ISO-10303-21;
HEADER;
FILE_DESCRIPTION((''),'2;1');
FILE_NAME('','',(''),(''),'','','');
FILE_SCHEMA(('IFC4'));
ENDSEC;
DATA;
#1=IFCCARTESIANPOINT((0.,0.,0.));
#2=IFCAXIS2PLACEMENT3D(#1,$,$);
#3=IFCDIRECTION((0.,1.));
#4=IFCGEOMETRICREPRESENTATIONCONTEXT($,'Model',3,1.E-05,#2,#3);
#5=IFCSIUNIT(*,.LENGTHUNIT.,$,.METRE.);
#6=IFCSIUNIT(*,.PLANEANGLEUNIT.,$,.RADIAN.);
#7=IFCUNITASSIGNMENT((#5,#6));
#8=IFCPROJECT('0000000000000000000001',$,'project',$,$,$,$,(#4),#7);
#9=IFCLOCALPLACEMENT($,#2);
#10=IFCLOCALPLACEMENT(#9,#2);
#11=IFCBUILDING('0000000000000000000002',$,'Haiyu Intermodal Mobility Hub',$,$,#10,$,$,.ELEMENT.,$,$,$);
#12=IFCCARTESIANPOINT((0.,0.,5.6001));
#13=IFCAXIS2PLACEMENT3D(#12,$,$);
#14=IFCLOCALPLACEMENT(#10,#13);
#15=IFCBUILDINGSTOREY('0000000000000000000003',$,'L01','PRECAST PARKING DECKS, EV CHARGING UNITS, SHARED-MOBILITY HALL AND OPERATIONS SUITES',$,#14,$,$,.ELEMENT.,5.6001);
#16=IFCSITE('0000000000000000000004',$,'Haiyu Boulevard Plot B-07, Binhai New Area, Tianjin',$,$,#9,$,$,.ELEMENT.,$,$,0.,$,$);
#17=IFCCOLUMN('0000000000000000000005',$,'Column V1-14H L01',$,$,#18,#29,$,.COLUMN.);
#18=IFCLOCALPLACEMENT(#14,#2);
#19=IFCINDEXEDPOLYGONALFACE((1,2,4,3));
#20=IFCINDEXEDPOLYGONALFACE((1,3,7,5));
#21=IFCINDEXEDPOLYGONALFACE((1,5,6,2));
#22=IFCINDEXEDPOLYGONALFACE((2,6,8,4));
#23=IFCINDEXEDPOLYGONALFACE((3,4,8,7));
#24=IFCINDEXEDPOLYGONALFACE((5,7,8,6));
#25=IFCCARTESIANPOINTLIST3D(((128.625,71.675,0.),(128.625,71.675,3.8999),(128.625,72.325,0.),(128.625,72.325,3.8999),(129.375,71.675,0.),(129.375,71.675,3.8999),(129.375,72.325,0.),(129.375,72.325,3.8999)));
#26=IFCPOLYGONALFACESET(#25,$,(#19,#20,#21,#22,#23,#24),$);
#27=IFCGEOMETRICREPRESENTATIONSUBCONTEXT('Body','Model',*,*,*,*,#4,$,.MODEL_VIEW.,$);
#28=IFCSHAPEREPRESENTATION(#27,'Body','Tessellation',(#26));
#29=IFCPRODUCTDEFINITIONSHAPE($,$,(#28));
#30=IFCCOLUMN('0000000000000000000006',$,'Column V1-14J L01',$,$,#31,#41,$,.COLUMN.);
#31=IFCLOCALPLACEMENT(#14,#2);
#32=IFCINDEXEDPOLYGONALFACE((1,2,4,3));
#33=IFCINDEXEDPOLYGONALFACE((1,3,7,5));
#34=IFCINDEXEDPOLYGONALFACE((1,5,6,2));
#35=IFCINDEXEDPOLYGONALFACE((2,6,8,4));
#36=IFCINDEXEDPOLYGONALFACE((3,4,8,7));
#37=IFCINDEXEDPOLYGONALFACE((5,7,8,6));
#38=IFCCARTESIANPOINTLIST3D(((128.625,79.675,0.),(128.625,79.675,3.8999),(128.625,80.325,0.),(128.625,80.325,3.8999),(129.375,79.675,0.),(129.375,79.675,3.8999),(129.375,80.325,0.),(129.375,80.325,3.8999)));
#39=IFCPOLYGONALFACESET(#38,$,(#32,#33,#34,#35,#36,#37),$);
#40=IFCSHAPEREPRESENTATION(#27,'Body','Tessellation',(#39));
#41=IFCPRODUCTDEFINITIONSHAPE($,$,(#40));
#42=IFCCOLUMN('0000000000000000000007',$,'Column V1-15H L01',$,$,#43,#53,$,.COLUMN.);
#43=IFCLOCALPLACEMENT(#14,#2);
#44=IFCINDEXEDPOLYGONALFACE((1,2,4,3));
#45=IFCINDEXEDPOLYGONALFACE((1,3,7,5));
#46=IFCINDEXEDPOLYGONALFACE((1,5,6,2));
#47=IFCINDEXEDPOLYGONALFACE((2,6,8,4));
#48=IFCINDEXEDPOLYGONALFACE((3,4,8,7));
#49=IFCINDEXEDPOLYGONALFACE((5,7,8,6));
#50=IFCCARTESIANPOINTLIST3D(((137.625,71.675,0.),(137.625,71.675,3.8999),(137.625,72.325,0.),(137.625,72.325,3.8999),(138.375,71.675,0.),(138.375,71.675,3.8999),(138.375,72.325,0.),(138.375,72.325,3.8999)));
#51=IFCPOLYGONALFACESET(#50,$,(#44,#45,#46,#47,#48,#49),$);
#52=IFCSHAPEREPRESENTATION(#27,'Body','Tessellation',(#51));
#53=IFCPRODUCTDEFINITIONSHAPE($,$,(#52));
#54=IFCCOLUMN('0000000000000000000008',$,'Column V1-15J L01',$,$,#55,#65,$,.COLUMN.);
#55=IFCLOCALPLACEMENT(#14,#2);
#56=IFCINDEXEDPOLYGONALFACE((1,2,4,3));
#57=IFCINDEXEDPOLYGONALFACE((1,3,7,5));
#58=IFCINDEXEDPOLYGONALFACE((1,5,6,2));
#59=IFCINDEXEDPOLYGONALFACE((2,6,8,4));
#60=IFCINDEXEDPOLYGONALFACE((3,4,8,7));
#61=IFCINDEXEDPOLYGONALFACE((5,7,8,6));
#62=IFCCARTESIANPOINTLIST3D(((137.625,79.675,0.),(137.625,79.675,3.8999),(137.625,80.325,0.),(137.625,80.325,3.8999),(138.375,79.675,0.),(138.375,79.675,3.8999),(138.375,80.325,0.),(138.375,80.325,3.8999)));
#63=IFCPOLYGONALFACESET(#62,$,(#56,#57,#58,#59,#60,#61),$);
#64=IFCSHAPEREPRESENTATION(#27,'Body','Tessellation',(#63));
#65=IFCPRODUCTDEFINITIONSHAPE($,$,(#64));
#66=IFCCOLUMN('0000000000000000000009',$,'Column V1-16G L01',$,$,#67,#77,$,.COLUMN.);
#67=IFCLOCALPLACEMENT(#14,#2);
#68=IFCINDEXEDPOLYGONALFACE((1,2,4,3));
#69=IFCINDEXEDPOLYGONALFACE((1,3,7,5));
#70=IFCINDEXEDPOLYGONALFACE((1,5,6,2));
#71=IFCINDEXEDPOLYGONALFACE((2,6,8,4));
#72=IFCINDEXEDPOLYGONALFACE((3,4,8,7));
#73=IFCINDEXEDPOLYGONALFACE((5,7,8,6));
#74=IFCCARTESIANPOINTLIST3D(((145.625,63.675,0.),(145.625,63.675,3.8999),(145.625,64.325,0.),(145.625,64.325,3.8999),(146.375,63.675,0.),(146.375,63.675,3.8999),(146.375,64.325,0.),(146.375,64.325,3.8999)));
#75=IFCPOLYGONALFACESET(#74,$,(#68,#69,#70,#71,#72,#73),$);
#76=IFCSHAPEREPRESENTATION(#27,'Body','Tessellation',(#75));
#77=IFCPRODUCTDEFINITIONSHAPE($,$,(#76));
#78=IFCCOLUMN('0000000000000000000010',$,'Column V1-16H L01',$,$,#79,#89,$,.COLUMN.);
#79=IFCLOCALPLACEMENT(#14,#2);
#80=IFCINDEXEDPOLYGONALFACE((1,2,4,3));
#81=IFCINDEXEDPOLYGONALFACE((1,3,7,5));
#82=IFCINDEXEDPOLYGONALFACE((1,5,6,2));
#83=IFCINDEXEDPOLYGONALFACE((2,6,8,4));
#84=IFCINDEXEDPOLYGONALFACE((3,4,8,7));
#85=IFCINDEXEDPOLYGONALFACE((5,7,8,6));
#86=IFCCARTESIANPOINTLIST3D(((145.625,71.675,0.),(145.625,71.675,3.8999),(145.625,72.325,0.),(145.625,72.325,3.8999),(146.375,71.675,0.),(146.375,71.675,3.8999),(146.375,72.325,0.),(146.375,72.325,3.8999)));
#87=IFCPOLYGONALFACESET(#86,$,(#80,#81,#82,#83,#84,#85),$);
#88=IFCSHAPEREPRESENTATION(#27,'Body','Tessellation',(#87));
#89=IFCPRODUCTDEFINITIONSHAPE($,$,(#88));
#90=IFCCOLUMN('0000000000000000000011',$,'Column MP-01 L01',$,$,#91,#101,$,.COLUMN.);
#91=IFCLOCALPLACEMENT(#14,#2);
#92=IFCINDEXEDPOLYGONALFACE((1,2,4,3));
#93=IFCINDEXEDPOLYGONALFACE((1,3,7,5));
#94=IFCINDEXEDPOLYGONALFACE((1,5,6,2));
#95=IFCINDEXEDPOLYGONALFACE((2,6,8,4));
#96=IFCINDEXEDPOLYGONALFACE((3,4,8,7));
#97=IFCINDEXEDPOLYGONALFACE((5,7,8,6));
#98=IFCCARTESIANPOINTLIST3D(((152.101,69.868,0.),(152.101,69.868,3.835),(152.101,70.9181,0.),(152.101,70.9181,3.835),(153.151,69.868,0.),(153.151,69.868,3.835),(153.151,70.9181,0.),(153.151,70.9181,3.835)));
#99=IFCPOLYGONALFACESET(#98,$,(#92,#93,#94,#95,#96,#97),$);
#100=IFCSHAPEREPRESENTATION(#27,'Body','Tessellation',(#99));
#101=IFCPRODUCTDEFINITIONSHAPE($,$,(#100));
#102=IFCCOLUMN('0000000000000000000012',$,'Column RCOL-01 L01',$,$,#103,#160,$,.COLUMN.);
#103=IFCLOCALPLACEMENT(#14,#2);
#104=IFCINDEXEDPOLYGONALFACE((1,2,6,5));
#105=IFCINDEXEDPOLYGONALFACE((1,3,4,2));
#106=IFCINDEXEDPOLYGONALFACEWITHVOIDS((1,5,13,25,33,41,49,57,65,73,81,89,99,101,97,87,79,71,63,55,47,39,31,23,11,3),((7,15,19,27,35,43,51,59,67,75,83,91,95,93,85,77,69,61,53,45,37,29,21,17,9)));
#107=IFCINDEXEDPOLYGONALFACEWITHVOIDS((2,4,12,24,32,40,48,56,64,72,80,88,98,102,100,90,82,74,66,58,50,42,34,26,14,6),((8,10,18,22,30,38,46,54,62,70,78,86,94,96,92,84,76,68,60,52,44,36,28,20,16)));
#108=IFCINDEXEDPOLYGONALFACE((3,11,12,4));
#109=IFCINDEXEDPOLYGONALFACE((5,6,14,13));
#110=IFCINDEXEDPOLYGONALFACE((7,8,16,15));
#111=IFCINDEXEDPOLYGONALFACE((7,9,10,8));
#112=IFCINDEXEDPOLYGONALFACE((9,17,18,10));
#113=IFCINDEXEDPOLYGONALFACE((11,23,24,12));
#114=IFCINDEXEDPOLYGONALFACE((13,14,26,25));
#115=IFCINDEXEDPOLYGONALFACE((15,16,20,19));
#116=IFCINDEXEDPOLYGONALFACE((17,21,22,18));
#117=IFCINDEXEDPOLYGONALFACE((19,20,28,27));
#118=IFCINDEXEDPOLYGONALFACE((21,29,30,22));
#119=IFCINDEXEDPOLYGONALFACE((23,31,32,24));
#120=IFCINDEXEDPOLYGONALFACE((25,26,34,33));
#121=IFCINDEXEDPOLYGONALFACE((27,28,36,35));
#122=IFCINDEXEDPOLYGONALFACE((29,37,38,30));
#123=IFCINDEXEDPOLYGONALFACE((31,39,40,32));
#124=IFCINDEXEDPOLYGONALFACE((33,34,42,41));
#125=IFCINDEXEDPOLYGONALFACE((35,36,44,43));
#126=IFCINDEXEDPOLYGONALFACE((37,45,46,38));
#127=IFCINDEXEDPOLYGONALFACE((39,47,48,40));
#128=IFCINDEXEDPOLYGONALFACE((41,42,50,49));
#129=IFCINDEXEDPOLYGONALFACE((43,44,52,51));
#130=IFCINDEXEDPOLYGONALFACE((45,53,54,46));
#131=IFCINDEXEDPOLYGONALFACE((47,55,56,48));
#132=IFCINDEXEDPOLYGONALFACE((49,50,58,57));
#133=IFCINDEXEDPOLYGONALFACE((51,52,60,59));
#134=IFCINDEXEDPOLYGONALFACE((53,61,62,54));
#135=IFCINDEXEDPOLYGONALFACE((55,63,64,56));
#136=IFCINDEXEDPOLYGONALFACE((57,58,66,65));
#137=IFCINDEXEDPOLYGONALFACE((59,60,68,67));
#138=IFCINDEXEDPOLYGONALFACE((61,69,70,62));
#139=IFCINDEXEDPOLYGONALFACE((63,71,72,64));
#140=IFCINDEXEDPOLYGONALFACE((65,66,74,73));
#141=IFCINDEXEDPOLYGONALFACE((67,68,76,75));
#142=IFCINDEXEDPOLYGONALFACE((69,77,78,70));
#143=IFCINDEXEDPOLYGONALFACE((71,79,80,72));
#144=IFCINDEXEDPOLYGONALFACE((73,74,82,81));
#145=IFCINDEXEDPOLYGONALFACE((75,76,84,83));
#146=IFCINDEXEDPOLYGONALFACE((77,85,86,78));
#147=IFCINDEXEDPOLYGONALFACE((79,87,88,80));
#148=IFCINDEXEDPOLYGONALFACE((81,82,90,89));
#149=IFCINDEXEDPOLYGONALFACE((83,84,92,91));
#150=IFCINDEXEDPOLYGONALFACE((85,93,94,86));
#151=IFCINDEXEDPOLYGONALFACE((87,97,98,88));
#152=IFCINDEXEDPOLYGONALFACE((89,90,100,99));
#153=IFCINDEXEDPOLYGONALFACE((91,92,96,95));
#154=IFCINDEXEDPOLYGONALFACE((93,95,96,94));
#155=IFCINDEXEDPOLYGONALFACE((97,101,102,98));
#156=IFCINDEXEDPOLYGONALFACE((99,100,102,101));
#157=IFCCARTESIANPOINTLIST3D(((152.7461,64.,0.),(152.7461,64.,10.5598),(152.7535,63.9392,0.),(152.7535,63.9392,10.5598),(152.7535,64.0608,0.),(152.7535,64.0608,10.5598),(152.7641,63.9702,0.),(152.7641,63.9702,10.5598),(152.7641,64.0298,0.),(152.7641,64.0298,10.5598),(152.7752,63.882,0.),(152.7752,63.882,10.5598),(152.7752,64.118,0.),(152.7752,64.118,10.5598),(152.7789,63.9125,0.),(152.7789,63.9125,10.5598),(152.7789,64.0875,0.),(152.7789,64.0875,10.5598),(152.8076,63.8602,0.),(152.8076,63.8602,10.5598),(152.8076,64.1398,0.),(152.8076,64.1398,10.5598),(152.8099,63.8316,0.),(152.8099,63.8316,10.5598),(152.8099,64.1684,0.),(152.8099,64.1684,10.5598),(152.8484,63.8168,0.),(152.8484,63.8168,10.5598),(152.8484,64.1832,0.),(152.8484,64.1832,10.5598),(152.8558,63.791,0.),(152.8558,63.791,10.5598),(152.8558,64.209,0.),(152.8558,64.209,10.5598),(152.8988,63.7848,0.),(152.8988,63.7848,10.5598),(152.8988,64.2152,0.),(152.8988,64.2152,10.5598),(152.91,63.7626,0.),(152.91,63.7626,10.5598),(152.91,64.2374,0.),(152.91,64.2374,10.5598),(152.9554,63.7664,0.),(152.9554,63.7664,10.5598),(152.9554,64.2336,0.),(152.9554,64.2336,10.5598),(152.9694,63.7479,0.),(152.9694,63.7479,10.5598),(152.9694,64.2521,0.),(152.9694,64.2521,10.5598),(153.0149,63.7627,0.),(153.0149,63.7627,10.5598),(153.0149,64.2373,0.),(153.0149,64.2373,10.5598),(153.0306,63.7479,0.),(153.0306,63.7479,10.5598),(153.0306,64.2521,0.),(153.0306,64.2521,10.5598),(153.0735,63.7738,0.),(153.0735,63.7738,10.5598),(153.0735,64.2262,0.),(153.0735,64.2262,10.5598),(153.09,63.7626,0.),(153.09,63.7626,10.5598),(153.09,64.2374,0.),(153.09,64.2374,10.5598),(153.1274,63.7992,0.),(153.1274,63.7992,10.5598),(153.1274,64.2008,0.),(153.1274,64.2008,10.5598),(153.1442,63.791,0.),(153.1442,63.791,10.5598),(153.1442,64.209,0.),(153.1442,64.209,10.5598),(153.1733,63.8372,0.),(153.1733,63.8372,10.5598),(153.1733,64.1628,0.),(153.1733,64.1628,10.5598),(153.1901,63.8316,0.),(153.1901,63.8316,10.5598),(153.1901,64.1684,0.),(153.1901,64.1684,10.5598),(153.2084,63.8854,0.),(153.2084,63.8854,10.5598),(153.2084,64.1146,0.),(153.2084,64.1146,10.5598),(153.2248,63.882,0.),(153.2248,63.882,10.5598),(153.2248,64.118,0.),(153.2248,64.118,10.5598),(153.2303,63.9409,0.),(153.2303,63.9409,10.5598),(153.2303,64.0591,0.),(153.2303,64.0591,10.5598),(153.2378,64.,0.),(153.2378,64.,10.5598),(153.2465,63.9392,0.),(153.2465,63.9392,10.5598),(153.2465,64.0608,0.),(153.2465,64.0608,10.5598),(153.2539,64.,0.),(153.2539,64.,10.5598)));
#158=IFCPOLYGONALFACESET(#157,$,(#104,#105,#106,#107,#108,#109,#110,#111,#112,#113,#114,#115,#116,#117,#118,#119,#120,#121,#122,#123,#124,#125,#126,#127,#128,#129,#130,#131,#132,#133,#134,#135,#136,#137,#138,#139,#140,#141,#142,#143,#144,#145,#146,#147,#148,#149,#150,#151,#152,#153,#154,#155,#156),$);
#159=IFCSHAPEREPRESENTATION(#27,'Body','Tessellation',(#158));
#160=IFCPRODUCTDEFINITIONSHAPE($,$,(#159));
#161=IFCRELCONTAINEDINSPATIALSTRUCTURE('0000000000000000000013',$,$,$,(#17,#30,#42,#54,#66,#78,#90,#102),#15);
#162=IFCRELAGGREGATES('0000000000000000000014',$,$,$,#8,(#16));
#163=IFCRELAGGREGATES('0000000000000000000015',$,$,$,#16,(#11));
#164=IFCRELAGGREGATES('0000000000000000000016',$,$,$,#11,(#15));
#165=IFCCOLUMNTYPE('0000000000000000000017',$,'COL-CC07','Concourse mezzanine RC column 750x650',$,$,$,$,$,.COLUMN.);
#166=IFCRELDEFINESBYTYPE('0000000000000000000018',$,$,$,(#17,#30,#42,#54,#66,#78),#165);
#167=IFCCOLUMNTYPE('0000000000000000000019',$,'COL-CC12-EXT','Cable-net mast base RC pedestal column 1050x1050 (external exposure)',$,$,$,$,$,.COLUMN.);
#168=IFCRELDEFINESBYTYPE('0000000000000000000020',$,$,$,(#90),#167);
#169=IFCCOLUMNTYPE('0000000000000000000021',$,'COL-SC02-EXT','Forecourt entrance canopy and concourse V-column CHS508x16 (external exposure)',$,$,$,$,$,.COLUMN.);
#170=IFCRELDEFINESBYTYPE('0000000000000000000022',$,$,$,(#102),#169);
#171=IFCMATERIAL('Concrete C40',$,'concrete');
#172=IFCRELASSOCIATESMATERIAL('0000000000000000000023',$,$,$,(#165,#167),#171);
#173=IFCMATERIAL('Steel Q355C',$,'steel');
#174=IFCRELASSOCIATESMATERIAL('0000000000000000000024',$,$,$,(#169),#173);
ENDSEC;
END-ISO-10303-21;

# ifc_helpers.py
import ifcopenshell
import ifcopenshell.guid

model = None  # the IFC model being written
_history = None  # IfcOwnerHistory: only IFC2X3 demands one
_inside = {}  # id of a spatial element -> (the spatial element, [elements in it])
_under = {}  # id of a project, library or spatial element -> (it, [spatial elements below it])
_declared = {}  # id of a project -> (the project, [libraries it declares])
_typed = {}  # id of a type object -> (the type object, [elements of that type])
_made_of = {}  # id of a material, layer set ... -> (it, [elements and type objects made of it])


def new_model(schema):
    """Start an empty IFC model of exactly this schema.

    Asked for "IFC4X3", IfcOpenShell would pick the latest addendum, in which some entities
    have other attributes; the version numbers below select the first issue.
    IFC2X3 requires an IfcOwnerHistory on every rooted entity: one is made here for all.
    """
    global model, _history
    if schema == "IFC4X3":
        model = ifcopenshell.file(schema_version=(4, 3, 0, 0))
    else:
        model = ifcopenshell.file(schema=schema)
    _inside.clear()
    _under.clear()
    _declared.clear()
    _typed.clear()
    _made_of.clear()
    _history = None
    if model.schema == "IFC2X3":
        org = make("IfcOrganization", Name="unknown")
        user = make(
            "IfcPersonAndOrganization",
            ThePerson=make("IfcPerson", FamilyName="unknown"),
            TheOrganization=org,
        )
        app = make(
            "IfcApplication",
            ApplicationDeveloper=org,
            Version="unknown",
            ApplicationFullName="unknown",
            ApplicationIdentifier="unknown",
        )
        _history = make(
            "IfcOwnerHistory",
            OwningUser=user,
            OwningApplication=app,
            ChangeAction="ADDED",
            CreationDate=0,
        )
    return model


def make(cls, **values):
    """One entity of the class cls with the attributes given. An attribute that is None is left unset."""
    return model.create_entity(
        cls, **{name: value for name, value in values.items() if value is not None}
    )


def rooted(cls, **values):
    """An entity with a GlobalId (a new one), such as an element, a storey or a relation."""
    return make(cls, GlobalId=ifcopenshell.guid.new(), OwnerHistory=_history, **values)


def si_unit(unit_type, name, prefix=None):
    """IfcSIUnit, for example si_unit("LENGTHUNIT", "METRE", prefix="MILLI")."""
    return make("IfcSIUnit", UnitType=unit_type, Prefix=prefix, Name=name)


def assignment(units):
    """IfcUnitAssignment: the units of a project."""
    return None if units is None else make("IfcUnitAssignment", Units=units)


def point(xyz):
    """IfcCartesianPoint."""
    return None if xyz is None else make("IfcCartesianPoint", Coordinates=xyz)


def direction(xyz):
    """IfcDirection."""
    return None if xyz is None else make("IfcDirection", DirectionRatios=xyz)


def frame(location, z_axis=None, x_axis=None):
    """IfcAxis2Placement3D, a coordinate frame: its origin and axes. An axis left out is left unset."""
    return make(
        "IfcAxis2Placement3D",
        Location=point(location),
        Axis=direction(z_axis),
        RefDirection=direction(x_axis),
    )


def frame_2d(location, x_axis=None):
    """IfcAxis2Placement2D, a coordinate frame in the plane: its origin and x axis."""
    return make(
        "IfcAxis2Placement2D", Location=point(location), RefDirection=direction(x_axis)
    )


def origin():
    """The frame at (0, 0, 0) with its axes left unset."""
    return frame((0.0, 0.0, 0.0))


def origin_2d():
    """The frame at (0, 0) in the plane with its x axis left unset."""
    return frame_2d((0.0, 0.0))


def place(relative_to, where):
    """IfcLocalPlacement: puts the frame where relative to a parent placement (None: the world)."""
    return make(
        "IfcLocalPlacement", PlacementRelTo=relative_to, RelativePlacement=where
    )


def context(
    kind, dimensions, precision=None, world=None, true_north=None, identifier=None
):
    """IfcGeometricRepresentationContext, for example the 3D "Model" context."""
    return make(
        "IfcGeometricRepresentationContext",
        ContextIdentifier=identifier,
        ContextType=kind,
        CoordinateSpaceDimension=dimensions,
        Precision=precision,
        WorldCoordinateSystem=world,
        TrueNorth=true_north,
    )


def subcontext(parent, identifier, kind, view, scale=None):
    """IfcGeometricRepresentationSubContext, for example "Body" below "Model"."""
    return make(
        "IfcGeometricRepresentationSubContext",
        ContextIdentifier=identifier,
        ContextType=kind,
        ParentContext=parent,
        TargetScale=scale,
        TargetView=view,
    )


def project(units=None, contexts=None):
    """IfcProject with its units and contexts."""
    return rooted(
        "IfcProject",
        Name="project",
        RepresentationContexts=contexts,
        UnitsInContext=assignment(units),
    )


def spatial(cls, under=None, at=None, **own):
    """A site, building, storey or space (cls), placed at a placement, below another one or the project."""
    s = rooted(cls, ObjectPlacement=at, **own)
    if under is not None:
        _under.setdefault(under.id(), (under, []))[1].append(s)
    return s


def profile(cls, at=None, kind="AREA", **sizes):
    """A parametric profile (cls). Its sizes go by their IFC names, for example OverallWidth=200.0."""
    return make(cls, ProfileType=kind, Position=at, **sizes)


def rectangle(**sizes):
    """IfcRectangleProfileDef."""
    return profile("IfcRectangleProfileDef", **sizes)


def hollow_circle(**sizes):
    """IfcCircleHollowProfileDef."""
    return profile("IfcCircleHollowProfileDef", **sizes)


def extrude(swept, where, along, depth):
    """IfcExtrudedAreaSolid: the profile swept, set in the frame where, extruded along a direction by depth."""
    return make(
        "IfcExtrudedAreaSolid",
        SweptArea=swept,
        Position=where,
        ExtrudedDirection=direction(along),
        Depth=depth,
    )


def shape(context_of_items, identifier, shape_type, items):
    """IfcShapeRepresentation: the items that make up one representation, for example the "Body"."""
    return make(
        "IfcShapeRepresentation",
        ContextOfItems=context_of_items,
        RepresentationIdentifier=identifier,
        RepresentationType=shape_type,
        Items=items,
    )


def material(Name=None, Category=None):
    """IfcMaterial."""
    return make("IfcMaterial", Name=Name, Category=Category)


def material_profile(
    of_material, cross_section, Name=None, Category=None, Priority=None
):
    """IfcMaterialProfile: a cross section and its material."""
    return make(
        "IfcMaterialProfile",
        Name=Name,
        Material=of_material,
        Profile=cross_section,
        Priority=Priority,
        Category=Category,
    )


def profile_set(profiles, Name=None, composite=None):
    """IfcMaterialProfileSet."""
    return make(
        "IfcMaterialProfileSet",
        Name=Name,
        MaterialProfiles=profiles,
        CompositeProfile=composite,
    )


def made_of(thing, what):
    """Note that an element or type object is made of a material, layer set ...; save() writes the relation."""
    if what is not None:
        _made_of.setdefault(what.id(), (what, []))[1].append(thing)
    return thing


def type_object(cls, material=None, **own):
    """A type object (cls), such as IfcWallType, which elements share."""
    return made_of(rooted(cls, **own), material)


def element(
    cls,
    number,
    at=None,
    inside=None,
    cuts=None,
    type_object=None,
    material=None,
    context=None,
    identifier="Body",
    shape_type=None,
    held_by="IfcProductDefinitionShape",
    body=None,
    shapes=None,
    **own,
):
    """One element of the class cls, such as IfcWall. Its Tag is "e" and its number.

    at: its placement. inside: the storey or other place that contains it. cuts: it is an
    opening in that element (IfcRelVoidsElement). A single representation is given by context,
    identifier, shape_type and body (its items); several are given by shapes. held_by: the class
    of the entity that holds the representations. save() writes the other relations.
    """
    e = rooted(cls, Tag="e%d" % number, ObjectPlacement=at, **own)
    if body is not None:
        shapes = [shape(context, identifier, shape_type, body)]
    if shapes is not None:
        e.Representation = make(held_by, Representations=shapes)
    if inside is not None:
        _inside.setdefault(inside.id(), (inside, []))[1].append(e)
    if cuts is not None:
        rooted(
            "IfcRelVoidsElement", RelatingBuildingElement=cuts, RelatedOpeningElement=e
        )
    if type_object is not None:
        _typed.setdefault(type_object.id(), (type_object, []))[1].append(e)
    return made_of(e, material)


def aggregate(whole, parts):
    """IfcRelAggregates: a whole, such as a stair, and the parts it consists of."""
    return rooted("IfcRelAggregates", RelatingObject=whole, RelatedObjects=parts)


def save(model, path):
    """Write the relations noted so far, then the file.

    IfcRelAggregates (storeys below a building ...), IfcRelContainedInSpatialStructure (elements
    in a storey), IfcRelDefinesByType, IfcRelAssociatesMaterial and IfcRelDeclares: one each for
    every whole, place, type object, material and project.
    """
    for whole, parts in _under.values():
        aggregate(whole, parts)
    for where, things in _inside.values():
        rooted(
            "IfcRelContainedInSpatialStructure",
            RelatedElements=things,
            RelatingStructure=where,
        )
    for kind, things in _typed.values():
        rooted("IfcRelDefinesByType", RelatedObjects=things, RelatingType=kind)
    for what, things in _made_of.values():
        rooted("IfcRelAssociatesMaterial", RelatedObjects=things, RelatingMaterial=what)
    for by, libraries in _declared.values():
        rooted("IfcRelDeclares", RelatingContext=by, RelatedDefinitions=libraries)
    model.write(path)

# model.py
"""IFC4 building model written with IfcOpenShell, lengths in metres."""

from ifc_helpers import new_model, si_unit, direction, frame, origin, origin_2d, place, context, subcontext, project, spatial, rectangle, hollow_circle, extrude, material, material_profile, profile_set, type_object, element, save


model = new_model("IFC4")

# Units and contexts
model_context = context("Model", 3, precision=1e-05, world=origin(), true_north=direction((0.0, 1.0)))
body_context = subcontext(model_context, "Body", "Model", "MODEL_VIEW")
ifc_project = project(units=[si_unit("LENGTHUNIT", "METRE"), si_unit("PLANEANGLEUNIT", "RADIAN")], contexts=[model_context])

# Site, building, storey
site_placement = place(None, origin())
site = spatial("IfcSite", under=ifc_project, at=site_placement, Name="Haiyu Boulevard Plot B-07, Binhai New Area, Tianjin", CompositionType="ELEMENT", RefElevation=0.0)
building_placement = place(site_placement, origin())
building = spatial("IfcBuilding", under=site, at=building_placement, Name="Haiyu Intermodal Mobility Hub", CompositionType="ELEMENT")
storey_placement = place(building_placement, frame((0.0, 0.0, 5.6001)))
storey = spatial("IfcBuildingStorey", under=building, at=storey_placement, Name="L01", Description="PRECAST PARKING DECKS, EV CHARGING UNITS, SHARED-MOBILITY HALL AND OPERATIONS SUITES", CompositionType="ELEMENT", Elevation=5.6001)

# Columns
ifc_material_1 = material(Name="Concrete C40", Category="concrete")
ifc_material_profile_1 = material_profile(ifc_material_1, rectangle(XDim=0.75, YDim=0.6499, at=origin_2d()), Name="RC750x650")
ifc_profile_set_1 = profile_set([ifc_material_profile_1], Name="Concrete C40")
column_type_1 = type_object("IfcColumnType", Name="COL-CC07", Description="Concourse mezzanine RC column 750x650", PredefinedType="COLUMN", material=ifc_profile_set_1)
for number, where, z_axis, x_axis, name in (
    (1, (129.0, 72.0, 0.0), (0.0, 0.0, 1.0), (1.0, 0.0, 0.0), "Column V1-14H L01"),
    (2, (129.0, 80.0, 0.0), (0.0, 0.0, 1.0), (1.0, 0.0, 0.0), "Column V1-14J L01"),
    (3, (138.0, 72.0, 0.0), (0.0, 0.0, 1.0), (1.0, 0.0, 0.0), "Column V1-15H L01"),
    (4, (138.0, 80.0, 0.0), (0.0, 0.0, 1.0), (1.0, 0.0, 0.0), "Column V1-15J L01"),
    (5, (146.0, 64.0, 0.0), (0.0, 0.0, 1.0), (1.0, 0.0, 0.0), "Column V1-16G L01"),
    (6, (146.0, 72.0, 0.0), (0.0, 0.0, 1.0), (1.0, 0.0, 0.0), "Column V1-16H L01"),
):
    element("IfcColumn", number, at=place(storey_placement, frame(where, z_axis=z_axis, x_axis=x_axis)), inside=storey, type_object=column_type_1, Name=name, PredefinedType="COLUMN", context=body_context, shape_type="SweptSolid", body=[
        extrude(rectangle(XDim=0.75, YDim=0.6499, at=origin_2d()), origin(), (0.0, 0.0, 1.0), 3.8999),
    ])
ifc_material_profile_2 = material_profile(ifc_material_1, rectangle(XDim=1.05, YDim=1.05, at=origin_2d()), Name="RC1050x1050")
ifc_profile_set_2 = profile_set([ifc_material_profile_2], Name="Concrete C40")
column_type_2 = type_object("IfcColumnType", Name="COL-CC12-EXT", Description="Cable-net mast base RC pedestal column 1050x1050 (external exposure)", PredefinedType="COLUMN", material=ifc_profile_set_2)
column_1_placement = place(storey_placement, frame((152.626, 70.3931, 0.0), z_axis=(0.0, 0.0, 1.0), x_axis=(1.0, 0.0, 0.0)))
element("IfcColumn", 7, at=column_1_placement, inside=storey, type_object=column_type_2, Name="Column MP-01 L01", PredefinedType="COLUMN", context=body_context, shape_type="SweptSolid", body=[
    extrude(rectangle(XDim=1.05, YDim=1.05, at=origin_2d()), origin(), (0.0, 0.0, 1.0), 3.835),
])
ifc_material_2 = material(Name="Steel Q355C", Category="steel")
ifc_material_profile_3 = material_profile(ifc_material_2, hollow_circle(Radius=0.2539, WallThickness=0.0161, at=origin_2d()), Name="CHS508x16")
ifc_profile_set_3 = profile_set([ifc_material_profile_3], Name="Steel Q355C")
column_type_3 = type_object("IfcColumnType", Name="COL-SC02-EXT", Description="Forecourt entrance canopy and concourse V-column CHS508x16 (external exposure)", PredefinedType="COLUMN", material=ifc_profile_set_3)
column_2_placement = place(storey_placement, frame((153.0, 64.0, 0.0), z_axis=(0.0, 0.0, 1.0), x_axis=(1.0, 0.0, 0.0)))
element("IfcColumn", 8, at=column_2_placement, inside=storey, type_object=column_type_3, Name="Column RCOL-01 L01", PredefinedType="COLUMN", context=body_context, shape_type="SweptSolid", body=[
    extrude(hollow_circle(Radius=0.2539, WallThickness=0.0161, at=origin_2d()), origin(), (0.0, 0.0, 1.0), 10.5598),
])

save(model, "model.ifc")
